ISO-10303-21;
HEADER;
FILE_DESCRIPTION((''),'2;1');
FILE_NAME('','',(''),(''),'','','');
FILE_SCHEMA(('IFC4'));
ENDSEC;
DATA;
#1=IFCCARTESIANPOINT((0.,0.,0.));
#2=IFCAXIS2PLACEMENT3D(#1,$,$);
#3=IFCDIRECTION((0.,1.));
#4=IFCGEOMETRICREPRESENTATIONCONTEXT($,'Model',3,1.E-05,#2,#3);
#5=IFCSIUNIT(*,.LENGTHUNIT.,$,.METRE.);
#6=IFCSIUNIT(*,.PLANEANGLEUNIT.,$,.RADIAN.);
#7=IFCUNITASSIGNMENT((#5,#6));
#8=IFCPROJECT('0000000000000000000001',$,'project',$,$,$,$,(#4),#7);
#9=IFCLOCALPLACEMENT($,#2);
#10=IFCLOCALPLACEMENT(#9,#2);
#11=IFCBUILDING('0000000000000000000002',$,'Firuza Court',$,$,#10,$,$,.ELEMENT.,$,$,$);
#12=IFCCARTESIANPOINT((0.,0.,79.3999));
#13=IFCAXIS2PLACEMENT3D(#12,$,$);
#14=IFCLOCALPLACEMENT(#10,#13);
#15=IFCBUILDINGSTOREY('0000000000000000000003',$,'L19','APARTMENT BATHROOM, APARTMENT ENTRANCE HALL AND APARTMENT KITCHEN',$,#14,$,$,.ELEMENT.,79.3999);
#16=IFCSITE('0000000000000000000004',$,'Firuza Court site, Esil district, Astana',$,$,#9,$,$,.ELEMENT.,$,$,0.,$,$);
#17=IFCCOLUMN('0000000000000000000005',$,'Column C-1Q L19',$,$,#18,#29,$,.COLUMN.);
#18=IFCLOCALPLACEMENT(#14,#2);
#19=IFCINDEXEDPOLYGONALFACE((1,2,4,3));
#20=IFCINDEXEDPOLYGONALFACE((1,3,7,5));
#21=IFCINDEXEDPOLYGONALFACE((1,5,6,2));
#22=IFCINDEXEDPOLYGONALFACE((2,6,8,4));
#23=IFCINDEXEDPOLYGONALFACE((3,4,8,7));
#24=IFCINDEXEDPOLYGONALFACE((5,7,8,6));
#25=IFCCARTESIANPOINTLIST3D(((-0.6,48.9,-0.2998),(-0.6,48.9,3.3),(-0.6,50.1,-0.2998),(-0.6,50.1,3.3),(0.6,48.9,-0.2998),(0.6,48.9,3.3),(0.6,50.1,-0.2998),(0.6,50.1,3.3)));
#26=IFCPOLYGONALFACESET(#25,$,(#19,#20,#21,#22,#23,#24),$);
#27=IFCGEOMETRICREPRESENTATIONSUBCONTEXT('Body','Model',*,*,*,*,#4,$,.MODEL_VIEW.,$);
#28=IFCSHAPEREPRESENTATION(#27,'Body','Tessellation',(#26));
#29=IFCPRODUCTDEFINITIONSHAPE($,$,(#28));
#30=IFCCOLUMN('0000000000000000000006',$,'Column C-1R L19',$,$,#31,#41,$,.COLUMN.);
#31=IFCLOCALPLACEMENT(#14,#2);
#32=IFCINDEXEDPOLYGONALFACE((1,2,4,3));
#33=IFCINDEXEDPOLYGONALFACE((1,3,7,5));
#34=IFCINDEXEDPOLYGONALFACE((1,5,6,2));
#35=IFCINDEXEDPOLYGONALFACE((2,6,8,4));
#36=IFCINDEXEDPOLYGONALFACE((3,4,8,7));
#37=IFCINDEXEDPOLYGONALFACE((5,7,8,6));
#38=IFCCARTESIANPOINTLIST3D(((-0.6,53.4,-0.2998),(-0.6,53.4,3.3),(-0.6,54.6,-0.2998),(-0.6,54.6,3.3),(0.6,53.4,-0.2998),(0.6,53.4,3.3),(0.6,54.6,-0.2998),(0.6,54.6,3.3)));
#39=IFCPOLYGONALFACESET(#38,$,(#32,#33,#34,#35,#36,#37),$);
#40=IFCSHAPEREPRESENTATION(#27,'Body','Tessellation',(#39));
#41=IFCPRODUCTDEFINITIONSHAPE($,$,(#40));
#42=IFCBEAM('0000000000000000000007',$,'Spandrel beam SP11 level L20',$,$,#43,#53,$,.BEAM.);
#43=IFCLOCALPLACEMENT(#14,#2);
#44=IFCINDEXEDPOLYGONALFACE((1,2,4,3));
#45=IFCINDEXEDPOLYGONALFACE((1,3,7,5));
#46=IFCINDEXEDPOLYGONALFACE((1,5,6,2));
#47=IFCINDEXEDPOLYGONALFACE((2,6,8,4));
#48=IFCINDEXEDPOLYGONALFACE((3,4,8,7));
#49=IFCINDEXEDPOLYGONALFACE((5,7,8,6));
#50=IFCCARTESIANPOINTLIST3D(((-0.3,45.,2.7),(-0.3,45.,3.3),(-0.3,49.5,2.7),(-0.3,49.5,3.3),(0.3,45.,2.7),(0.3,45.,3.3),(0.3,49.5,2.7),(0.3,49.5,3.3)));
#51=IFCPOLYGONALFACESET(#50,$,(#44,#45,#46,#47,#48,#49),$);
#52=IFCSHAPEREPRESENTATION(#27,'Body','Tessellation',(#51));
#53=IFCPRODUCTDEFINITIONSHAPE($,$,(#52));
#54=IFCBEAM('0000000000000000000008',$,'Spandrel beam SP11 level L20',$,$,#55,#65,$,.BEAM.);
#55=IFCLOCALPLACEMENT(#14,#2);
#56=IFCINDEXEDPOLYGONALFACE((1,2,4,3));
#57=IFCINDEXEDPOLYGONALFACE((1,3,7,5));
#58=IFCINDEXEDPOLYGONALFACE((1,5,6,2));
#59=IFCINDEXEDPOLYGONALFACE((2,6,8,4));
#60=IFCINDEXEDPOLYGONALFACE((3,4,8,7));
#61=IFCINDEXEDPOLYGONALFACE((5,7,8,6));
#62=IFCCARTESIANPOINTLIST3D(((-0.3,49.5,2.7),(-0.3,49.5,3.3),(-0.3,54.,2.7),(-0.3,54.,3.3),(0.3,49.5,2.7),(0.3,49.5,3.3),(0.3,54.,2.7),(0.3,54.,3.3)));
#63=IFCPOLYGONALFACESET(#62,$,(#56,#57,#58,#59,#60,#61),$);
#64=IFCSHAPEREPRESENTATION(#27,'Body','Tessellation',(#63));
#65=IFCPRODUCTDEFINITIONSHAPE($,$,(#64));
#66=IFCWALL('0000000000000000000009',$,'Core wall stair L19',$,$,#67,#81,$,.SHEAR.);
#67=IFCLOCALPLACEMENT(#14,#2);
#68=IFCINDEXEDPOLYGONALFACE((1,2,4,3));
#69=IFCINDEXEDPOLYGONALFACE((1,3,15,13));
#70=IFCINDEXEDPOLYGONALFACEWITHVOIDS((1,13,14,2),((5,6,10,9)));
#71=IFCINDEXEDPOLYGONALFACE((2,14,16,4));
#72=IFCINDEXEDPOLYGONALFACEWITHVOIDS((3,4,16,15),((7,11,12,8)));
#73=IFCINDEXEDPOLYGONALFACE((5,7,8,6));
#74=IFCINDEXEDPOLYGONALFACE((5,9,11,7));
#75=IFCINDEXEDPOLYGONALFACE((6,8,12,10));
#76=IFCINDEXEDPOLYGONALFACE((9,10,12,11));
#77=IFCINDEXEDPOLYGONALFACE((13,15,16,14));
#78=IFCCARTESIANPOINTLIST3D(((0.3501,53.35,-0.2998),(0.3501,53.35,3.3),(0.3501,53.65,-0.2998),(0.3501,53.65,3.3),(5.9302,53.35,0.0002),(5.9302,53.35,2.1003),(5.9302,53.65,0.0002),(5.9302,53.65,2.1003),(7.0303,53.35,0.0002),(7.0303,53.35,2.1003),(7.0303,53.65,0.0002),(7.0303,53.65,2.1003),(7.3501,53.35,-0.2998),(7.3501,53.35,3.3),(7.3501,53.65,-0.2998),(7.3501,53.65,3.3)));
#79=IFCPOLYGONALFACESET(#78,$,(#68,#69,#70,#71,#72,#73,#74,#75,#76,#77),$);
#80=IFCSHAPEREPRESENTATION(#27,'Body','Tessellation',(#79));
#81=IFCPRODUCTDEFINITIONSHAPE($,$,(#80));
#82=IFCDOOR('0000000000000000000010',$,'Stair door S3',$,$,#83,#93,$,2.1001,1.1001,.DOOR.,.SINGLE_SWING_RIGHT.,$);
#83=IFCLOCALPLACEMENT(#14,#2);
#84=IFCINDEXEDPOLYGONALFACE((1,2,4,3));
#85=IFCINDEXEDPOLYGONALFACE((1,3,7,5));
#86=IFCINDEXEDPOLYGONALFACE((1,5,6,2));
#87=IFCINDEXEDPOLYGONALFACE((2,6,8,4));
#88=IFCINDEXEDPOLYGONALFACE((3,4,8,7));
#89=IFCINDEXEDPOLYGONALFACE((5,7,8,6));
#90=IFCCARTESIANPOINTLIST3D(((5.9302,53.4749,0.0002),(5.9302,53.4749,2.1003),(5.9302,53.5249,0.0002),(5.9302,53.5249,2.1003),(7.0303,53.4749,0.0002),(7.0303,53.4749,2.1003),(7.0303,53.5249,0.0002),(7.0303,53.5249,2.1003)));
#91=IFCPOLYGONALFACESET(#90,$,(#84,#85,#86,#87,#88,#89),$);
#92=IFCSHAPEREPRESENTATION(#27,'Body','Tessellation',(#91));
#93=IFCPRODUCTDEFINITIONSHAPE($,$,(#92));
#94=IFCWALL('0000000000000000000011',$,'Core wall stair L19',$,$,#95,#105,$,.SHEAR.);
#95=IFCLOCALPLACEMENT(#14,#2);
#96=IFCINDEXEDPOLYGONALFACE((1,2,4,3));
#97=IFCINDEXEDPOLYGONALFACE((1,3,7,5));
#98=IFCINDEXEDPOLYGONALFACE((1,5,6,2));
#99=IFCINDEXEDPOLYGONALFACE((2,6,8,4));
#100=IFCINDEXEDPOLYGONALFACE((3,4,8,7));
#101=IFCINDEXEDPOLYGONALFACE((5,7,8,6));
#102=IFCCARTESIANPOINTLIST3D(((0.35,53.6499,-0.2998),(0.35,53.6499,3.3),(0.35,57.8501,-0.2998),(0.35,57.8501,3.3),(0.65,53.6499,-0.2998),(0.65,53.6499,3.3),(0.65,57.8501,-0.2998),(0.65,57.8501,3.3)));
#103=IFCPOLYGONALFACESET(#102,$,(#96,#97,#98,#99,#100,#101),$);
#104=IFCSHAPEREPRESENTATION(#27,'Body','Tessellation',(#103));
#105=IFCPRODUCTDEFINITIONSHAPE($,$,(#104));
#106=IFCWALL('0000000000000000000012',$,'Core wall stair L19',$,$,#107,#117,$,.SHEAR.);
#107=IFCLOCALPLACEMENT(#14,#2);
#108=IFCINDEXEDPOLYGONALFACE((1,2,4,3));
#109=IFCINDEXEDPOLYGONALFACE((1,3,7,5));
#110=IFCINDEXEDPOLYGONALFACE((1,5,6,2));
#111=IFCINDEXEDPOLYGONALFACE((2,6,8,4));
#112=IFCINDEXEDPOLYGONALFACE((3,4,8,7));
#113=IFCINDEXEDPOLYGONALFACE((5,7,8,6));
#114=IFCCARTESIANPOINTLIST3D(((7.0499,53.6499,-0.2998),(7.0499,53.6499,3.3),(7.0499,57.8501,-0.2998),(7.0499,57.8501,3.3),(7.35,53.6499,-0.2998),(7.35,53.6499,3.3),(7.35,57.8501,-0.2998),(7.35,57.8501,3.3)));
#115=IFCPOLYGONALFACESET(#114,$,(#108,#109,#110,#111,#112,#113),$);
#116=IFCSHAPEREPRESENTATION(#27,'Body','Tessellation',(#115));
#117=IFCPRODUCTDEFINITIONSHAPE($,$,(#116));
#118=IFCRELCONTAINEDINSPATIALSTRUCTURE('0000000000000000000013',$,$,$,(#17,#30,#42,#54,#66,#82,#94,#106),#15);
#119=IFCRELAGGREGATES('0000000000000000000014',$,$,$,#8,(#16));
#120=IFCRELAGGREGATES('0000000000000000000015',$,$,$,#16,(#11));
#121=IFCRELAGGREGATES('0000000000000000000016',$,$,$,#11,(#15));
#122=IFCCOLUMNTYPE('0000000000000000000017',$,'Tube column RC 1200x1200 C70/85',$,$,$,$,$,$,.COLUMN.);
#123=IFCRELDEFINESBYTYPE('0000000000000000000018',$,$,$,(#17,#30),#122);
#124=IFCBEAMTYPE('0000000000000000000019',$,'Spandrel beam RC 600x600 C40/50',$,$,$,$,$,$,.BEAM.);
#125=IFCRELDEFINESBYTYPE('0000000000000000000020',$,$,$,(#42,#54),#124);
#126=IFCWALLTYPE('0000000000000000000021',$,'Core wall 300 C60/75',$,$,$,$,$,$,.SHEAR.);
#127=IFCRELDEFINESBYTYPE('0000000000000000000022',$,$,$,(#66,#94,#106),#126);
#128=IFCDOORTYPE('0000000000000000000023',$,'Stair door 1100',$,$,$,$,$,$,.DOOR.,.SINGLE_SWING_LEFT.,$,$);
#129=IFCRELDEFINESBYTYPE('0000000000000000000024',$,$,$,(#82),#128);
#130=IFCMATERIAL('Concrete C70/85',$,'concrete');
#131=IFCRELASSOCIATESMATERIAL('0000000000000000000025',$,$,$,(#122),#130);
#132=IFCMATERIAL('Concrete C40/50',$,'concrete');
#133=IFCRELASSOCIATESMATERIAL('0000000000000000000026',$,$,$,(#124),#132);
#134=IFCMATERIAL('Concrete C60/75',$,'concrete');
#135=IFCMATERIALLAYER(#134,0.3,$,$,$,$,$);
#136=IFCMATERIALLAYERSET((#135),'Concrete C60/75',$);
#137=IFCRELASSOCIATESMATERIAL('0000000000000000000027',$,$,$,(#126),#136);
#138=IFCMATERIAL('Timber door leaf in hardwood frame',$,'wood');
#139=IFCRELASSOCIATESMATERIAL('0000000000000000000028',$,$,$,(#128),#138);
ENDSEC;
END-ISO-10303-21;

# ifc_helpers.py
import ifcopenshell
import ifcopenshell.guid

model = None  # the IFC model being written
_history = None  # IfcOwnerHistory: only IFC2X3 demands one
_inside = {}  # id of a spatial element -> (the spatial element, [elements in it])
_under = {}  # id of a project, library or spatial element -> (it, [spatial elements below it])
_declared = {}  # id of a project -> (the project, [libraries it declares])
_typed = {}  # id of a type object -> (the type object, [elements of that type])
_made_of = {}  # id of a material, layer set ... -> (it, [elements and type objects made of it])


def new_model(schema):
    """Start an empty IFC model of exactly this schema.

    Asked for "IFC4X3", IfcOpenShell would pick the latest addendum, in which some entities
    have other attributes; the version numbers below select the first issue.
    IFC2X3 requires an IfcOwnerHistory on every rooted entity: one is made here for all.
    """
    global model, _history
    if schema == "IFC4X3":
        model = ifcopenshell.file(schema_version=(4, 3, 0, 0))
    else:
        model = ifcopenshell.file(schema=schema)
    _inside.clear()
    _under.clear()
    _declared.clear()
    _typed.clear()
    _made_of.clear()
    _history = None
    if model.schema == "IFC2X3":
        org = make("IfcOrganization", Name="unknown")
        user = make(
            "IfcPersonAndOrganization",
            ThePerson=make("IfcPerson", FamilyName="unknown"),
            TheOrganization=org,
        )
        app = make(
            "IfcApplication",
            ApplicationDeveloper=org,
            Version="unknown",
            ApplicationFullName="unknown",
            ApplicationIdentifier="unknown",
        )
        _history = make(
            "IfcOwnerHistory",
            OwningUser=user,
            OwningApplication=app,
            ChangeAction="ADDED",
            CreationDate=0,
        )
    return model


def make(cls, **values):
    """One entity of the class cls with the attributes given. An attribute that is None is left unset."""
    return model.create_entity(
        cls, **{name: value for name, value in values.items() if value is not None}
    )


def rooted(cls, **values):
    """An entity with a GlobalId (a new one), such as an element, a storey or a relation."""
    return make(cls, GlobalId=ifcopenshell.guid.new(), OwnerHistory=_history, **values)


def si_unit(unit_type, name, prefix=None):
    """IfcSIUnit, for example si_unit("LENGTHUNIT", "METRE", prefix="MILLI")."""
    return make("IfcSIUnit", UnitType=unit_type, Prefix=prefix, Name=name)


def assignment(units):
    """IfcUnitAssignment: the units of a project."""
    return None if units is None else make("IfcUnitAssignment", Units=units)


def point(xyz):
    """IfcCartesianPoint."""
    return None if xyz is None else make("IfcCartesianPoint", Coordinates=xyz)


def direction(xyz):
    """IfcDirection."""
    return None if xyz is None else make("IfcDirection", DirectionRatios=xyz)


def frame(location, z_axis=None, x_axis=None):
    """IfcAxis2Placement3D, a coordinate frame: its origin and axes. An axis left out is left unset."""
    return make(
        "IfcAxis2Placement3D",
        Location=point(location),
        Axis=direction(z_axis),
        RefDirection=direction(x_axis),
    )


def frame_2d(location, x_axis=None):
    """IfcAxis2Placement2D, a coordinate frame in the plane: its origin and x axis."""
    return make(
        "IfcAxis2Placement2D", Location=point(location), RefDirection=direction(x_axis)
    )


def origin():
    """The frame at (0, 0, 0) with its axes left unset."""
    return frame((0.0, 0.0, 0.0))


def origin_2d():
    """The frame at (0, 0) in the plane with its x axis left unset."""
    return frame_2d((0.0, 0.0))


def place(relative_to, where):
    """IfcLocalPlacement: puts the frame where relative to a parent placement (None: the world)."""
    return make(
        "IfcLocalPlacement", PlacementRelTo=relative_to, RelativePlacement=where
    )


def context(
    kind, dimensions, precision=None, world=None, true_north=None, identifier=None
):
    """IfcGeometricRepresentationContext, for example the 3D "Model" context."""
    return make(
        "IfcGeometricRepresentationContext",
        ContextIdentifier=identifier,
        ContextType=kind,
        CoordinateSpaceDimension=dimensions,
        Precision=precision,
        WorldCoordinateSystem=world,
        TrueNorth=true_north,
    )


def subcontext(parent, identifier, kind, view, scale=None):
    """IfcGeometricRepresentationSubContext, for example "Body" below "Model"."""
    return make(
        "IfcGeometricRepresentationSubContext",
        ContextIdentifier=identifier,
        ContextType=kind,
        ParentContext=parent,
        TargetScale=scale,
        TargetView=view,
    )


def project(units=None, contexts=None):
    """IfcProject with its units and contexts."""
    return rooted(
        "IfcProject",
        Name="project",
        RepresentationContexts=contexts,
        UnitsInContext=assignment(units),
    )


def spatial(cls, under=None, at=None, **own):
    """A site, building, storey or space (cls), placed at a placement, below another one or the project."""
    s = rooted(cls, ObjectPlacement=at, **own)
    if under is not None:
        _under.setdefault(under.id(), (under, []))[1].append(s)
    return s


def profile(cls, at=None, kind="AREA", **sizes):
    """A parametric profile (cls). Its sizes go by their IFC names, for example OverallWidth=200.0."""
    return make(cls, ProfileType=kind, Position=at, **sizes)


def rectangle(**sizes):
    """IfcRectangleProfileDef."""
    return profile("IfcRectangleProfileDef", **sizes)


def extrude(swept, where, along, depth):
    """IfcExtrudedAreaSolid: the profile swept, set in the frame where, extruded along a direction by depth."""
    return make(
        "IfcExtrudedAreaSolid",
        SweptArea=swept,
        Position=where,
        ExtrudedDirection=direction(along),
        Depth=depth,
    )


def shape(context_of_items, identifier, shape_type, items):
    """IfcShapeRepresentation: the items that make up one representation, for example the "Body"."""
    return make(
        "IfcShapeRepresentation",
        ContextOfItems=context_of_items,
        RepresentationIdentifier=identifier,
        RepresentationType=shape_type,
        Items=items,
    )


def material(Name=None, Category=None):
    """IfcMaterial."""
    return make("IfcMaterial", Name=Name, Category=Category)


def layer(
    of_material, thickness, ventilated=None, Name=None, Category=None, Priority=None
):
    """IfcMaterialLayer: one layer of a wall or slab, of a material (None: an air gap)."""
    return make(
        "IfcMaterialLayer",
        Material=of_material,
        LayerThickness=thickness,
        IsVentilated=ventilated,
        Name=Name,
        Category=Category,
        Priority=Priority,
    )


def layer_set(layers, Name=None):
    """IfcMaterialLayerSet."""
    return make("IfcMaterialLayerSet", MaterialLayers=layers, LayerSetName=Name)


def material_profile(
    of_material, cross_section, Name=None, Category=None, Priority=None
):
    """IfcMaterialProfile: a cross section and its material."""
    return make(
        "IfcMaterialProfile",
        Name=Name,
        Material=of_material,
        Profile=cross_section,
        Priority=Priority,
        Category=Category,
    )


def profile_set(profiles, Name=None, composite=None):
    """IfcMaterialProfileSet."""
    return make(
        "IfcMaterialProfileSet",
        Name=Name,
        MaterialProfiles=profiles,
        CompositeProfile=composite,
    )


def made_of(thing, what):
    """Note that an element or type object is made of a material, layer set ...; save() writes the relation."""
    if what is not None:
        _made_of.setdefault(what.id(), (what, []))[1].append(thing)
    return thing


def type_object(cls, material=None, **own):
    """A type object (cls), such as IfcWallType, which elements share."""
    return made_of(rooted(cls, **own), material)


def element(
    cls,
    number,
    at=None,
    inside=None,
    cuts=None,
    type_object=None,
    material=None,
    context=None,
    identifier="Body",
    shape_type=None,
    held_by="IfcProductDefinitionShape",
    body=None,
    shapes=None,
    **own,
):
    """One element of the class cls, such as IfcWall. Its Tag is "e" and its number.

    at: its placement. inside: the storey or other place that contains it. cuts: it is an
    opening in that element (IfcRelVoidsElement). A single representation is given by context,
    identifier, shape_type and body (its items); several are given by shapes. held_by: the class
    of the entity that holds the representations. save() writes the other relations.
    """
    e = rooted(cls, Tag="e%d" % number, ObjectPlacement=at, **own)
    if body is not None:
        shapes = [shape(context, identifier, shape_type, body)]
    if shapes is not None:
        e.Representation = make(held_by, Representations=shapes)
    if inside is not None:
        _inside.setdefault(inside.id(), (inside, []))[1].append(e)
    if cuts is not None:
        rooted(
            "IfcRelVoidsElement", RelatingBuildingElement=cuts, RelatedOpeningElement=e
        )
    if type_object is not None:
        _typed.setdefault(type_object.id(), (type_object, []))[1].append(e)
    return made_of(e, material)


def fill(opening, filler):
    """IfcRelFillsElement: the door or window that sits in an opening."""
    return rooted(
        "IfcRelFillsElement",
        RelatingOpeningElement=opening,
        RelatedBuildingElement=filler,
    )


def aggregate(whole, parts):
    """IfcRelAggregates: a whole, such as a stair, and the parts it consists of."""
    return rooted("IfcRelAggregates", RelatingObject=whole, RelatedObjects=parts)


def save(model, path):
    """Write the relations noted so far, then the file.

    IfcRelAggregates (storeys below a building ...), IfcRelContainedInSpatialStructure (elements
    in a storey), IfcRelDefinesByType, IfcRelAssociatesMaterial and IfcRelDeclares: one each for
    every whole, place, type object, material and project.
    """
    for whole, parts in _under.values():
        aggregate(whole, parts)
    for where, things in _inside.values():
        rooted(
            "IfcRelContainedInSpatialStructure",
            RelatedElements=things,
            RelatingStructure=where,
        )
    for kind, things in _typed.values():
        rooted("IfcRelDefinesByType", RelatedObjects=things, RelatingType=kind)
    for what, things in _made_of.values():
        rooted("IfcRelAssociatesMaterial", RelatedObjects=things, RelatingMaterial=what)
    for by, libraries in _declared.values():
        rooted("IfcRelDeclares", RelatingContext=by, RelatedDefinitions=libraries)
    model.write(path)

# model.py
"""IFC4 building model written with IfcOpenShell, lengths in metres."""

from ifc_helpers import new_model, si_unit, direction, frame, frame_2d, origin, origin_2d, place, context, subcontext, project, spatial, rectangle, extrude, material, layer, layer_set, material_profile, profile_set, type_object, element, fill, save


model = new_model("IFC4")

# Units and contexts
model_context = context("Model", 3, precision=1e-05, world=origin(), true_north=direction((0.0, 1.0)))
body_context = subcontext(model_context, "Body", "Model", "MODEL_VIEW")
ifc_project = project(units=[si_unit("LENGTHUNIT", "METRE"), si_unit("PLANEANGLEUNIT", "RADIAN")], contexts=[model_context])

# Site, building, storey
site_placement = place(None, origin())
site = spatial("IfcSite", under=ifc_project, at=site_placement, Name="Firuza Court site, Esil district, Astana", CompositionType="ELEMENT", RefElevation=0.0)
building_placement = place(site_placement, origin())
building = spatial("IfcBuilding", under=site, at=building_placement, Name="Firuza Court", CompositionType="ELEMENT")
storey_placement = place(building_placement, frame((0.0, 0.0, 79.3999)))
storey = spatial("IfcBuildingStorey", under=building, at=storey_placement, Name="L19", Description="APARTMENT BATHROOM, APARTMENT ENTRANCE HALL AND APARTMENT KITCHEN", CompositionType="ELEMENT", Elevation=79.3999)

# Columns
ifc_material_1 = material(Name="Concrete C70/85", Category="concrete")
ifc_material_profile_1 = material_profile(ifc_material_1, rectangle(XDim=1.2, YDim=1.2, at=origin_2d()), Name="RC 1200x1200")
ifc_profile_set_1 = profile_set([ifc_material_profile_1], Name="Concrete C70/85")
column_type = type_object("IfcColumnType", Name="Tube column RC 1200x1200 C70/85", PredefinedType="COLUMN", material=ifc_profile_set_1)
for number, where, z_axis, x_axis, name in (
    (1, (0.0, 49.5, -0.2998), (0.0, 0.0, 1.0), (1.0, 0.0, 0.0), "Column C-1Q L19"),
    (2, (0.0, 54.0, -0.2998), (0.0, 0.0, 1.0), (1.0, 0.0, 0.0), "Column C-1R L19"),
):
    element("IfcColumn", number, at=place(storey_placement, frame(where, z_axis=z_axis, x_axis=x_axis)), inside=storey, type_object=column_type, Name=name, PredefinedType="COLUMN", context=body_context, shape_type="SweptSolid", body=[
        extrude(rectangle(XDim=1.2, YDim=1.2, at=origin_2d()), origin(), (0.0, 0.0, 1.0), 3.5999),
    ])

# Beams
ifc_material_2 = material(Name="Concrete C40/50", Category="concrete")
ifc_material_profile_2 = material_profile(ifc_material_2, rectangle(XDim=0.6001, YDim=0.6001, at=origin_2d()), Name="RC 600x600")
ifc_profile_set_2 = profile_set([ifc_material_profile_2], Name="Concrete C40/50")
beam_type = type_object("IfcBeamType", Name="Spandrel beam RC 600x600 C40/50", PredefinedType="BEAM", material=ifc_profile_set_2)
for number, where, z_axis, x_axis, name in (
    (3, (0.0, 49.5, 3.0), (0.0, -1.0, 0.0), (1.0, 0.0, 0.0), "Spandrel beam SP11 level L20"),
    (4, (0.0, 54.0, 3.0), (0.0, -1.0, 0.0), (1.0, 0.0, 0.0), "Spandrel beam SP11 level L20"),
):
    element("IfcBeam", number, at=place(storey_placement, frame(where, z_axis=z_axis, x_axis=x_axis)), inside=storey, type_object=beam_type, Name=name, PredefinedType="BEAM", context=body_context, shape_type="SweptSolid", body=[
        extrude(rectangle(XDim=0.6001, YDim=0.6001, at=origin_2d()), origin(), (0.0, 0.0, 1.0), 4.5),
    ])

# Wall, opening, door
ifc_material_3 = material(Name="Concrete C60/75", Category="concrete")
ifc_layer_1 = layer(ifc_material_3, 0.3)
ifc_layer_set_1 = layer_set([ifc_layer_1], Name="Concrete C60/75")
wall_type_1 = type_object("IfcWallType", Name="Core wall 300 C60/75", PredefinedType="SHEAR", material=ifc_layer_set_1)
wall_1_placement = place(storey_placement, frame((0.3501, 53.5, -0.2998), z_axis=(0.0, 0.0, 1.0), x_axis=(1.0, 0.0, 0.0)))
wall_1 = element("IfcWall", 5, at=wall_1_placement, inside=storey, type_object=wall_type_1, Name="Core wall stair L19", PredefinedType="SHEAR", context=body_context, shape_type="SweptSolid", body=[
    extrude(rectangle(XDim=7.0, YDim=0.3, at=frame_2d((3.5, 0.0))), origin(), (0.0, 0.0, 1.0), 3.5999),
])
opening_1_placement = place(wall_1_placement, frame((5.5801, 0.0, 0.3)))
opening_1 = element("IfcOpeningElement", 6, at=opening_1_placement, cuts=wall_1, PredefinedType="OPENING", context=body_context, shape_type="SweptSolid", body=[
    extrude(rectangle(XDim=1.1001, YDim=2.1001, at=frame_2d((0.55, 1.05))), frame((0.0, 0.1621, 0.0), z_axis=(0.0, -1.0, 0.0), x_axis=(1.0, 0.0, 0.0)), (0.0, 0.0, 1.0), 0.324),
])
ifc_material_4 = material(Name="Timber door leaf in hardwood frame", Category="wood")
door_type_1 = type_object("IfcDoorType", Name="Stair door 1100", OperationType="SINGLE_SWING_LEFT", PredefinedType="DOOR", material=ifc_material_4)
door_1_placement = place(opening_1_placement, origin())
door_1 = element("IfcDoor", 7, at=door_1_placement, inside=storey, type_object=door_type_1, Name="Stair door S3", OperationType="SINGLE_SWING_RIGHT", OverallHeight=2.1001, OverallWidth=1.1001, PredefinedType="DOOR", context=body_context, shape_type="SweptSolid", body=[
    extrude(rectangle(XDim=1.1001, YDim=2.1001, at=frame_2d((0.55, 1.05))), frame((0.0, 0.0249, 0.0), z_axis=(0.0, -1.0, 0.0), x_axis=(1.0, 0.0, 0.0)), (0.0, 0.0, 1.0), 0.05),
])
fill(opening_1, door_1)

# Walls
for number, where, z_axis, x_axis, name in (
    (8, (0.5, 53.6499, -0.2998), (0.0, 0.0, 1.0), (0.0, 1.0, 0.0), "Core wall stair L19"),
    (9, (7.2, 53.6499, -0.2998), (0.0, 0.0, 1.0), (0.0, 1.0, 0.0), "Core wall stair L19"),
):
    element("IfcWall", number, at=place(storey_placement, frame(where, z_axis=z_axis, x_axis=x_axis)), inside=storey, type_object=wall_type_1, Name=name, PredefinedType="SHEAR", context=body_context, shape_type="SweptSolid", body=[
        extrude(rectangle(XDim=4.2002, YDim=0.3, at=frame_2d((2.1001, 0.0))), origin(), (0.0, 0.0, 1.0), 3.5999),
    ])

save(model, "model.ifc")
